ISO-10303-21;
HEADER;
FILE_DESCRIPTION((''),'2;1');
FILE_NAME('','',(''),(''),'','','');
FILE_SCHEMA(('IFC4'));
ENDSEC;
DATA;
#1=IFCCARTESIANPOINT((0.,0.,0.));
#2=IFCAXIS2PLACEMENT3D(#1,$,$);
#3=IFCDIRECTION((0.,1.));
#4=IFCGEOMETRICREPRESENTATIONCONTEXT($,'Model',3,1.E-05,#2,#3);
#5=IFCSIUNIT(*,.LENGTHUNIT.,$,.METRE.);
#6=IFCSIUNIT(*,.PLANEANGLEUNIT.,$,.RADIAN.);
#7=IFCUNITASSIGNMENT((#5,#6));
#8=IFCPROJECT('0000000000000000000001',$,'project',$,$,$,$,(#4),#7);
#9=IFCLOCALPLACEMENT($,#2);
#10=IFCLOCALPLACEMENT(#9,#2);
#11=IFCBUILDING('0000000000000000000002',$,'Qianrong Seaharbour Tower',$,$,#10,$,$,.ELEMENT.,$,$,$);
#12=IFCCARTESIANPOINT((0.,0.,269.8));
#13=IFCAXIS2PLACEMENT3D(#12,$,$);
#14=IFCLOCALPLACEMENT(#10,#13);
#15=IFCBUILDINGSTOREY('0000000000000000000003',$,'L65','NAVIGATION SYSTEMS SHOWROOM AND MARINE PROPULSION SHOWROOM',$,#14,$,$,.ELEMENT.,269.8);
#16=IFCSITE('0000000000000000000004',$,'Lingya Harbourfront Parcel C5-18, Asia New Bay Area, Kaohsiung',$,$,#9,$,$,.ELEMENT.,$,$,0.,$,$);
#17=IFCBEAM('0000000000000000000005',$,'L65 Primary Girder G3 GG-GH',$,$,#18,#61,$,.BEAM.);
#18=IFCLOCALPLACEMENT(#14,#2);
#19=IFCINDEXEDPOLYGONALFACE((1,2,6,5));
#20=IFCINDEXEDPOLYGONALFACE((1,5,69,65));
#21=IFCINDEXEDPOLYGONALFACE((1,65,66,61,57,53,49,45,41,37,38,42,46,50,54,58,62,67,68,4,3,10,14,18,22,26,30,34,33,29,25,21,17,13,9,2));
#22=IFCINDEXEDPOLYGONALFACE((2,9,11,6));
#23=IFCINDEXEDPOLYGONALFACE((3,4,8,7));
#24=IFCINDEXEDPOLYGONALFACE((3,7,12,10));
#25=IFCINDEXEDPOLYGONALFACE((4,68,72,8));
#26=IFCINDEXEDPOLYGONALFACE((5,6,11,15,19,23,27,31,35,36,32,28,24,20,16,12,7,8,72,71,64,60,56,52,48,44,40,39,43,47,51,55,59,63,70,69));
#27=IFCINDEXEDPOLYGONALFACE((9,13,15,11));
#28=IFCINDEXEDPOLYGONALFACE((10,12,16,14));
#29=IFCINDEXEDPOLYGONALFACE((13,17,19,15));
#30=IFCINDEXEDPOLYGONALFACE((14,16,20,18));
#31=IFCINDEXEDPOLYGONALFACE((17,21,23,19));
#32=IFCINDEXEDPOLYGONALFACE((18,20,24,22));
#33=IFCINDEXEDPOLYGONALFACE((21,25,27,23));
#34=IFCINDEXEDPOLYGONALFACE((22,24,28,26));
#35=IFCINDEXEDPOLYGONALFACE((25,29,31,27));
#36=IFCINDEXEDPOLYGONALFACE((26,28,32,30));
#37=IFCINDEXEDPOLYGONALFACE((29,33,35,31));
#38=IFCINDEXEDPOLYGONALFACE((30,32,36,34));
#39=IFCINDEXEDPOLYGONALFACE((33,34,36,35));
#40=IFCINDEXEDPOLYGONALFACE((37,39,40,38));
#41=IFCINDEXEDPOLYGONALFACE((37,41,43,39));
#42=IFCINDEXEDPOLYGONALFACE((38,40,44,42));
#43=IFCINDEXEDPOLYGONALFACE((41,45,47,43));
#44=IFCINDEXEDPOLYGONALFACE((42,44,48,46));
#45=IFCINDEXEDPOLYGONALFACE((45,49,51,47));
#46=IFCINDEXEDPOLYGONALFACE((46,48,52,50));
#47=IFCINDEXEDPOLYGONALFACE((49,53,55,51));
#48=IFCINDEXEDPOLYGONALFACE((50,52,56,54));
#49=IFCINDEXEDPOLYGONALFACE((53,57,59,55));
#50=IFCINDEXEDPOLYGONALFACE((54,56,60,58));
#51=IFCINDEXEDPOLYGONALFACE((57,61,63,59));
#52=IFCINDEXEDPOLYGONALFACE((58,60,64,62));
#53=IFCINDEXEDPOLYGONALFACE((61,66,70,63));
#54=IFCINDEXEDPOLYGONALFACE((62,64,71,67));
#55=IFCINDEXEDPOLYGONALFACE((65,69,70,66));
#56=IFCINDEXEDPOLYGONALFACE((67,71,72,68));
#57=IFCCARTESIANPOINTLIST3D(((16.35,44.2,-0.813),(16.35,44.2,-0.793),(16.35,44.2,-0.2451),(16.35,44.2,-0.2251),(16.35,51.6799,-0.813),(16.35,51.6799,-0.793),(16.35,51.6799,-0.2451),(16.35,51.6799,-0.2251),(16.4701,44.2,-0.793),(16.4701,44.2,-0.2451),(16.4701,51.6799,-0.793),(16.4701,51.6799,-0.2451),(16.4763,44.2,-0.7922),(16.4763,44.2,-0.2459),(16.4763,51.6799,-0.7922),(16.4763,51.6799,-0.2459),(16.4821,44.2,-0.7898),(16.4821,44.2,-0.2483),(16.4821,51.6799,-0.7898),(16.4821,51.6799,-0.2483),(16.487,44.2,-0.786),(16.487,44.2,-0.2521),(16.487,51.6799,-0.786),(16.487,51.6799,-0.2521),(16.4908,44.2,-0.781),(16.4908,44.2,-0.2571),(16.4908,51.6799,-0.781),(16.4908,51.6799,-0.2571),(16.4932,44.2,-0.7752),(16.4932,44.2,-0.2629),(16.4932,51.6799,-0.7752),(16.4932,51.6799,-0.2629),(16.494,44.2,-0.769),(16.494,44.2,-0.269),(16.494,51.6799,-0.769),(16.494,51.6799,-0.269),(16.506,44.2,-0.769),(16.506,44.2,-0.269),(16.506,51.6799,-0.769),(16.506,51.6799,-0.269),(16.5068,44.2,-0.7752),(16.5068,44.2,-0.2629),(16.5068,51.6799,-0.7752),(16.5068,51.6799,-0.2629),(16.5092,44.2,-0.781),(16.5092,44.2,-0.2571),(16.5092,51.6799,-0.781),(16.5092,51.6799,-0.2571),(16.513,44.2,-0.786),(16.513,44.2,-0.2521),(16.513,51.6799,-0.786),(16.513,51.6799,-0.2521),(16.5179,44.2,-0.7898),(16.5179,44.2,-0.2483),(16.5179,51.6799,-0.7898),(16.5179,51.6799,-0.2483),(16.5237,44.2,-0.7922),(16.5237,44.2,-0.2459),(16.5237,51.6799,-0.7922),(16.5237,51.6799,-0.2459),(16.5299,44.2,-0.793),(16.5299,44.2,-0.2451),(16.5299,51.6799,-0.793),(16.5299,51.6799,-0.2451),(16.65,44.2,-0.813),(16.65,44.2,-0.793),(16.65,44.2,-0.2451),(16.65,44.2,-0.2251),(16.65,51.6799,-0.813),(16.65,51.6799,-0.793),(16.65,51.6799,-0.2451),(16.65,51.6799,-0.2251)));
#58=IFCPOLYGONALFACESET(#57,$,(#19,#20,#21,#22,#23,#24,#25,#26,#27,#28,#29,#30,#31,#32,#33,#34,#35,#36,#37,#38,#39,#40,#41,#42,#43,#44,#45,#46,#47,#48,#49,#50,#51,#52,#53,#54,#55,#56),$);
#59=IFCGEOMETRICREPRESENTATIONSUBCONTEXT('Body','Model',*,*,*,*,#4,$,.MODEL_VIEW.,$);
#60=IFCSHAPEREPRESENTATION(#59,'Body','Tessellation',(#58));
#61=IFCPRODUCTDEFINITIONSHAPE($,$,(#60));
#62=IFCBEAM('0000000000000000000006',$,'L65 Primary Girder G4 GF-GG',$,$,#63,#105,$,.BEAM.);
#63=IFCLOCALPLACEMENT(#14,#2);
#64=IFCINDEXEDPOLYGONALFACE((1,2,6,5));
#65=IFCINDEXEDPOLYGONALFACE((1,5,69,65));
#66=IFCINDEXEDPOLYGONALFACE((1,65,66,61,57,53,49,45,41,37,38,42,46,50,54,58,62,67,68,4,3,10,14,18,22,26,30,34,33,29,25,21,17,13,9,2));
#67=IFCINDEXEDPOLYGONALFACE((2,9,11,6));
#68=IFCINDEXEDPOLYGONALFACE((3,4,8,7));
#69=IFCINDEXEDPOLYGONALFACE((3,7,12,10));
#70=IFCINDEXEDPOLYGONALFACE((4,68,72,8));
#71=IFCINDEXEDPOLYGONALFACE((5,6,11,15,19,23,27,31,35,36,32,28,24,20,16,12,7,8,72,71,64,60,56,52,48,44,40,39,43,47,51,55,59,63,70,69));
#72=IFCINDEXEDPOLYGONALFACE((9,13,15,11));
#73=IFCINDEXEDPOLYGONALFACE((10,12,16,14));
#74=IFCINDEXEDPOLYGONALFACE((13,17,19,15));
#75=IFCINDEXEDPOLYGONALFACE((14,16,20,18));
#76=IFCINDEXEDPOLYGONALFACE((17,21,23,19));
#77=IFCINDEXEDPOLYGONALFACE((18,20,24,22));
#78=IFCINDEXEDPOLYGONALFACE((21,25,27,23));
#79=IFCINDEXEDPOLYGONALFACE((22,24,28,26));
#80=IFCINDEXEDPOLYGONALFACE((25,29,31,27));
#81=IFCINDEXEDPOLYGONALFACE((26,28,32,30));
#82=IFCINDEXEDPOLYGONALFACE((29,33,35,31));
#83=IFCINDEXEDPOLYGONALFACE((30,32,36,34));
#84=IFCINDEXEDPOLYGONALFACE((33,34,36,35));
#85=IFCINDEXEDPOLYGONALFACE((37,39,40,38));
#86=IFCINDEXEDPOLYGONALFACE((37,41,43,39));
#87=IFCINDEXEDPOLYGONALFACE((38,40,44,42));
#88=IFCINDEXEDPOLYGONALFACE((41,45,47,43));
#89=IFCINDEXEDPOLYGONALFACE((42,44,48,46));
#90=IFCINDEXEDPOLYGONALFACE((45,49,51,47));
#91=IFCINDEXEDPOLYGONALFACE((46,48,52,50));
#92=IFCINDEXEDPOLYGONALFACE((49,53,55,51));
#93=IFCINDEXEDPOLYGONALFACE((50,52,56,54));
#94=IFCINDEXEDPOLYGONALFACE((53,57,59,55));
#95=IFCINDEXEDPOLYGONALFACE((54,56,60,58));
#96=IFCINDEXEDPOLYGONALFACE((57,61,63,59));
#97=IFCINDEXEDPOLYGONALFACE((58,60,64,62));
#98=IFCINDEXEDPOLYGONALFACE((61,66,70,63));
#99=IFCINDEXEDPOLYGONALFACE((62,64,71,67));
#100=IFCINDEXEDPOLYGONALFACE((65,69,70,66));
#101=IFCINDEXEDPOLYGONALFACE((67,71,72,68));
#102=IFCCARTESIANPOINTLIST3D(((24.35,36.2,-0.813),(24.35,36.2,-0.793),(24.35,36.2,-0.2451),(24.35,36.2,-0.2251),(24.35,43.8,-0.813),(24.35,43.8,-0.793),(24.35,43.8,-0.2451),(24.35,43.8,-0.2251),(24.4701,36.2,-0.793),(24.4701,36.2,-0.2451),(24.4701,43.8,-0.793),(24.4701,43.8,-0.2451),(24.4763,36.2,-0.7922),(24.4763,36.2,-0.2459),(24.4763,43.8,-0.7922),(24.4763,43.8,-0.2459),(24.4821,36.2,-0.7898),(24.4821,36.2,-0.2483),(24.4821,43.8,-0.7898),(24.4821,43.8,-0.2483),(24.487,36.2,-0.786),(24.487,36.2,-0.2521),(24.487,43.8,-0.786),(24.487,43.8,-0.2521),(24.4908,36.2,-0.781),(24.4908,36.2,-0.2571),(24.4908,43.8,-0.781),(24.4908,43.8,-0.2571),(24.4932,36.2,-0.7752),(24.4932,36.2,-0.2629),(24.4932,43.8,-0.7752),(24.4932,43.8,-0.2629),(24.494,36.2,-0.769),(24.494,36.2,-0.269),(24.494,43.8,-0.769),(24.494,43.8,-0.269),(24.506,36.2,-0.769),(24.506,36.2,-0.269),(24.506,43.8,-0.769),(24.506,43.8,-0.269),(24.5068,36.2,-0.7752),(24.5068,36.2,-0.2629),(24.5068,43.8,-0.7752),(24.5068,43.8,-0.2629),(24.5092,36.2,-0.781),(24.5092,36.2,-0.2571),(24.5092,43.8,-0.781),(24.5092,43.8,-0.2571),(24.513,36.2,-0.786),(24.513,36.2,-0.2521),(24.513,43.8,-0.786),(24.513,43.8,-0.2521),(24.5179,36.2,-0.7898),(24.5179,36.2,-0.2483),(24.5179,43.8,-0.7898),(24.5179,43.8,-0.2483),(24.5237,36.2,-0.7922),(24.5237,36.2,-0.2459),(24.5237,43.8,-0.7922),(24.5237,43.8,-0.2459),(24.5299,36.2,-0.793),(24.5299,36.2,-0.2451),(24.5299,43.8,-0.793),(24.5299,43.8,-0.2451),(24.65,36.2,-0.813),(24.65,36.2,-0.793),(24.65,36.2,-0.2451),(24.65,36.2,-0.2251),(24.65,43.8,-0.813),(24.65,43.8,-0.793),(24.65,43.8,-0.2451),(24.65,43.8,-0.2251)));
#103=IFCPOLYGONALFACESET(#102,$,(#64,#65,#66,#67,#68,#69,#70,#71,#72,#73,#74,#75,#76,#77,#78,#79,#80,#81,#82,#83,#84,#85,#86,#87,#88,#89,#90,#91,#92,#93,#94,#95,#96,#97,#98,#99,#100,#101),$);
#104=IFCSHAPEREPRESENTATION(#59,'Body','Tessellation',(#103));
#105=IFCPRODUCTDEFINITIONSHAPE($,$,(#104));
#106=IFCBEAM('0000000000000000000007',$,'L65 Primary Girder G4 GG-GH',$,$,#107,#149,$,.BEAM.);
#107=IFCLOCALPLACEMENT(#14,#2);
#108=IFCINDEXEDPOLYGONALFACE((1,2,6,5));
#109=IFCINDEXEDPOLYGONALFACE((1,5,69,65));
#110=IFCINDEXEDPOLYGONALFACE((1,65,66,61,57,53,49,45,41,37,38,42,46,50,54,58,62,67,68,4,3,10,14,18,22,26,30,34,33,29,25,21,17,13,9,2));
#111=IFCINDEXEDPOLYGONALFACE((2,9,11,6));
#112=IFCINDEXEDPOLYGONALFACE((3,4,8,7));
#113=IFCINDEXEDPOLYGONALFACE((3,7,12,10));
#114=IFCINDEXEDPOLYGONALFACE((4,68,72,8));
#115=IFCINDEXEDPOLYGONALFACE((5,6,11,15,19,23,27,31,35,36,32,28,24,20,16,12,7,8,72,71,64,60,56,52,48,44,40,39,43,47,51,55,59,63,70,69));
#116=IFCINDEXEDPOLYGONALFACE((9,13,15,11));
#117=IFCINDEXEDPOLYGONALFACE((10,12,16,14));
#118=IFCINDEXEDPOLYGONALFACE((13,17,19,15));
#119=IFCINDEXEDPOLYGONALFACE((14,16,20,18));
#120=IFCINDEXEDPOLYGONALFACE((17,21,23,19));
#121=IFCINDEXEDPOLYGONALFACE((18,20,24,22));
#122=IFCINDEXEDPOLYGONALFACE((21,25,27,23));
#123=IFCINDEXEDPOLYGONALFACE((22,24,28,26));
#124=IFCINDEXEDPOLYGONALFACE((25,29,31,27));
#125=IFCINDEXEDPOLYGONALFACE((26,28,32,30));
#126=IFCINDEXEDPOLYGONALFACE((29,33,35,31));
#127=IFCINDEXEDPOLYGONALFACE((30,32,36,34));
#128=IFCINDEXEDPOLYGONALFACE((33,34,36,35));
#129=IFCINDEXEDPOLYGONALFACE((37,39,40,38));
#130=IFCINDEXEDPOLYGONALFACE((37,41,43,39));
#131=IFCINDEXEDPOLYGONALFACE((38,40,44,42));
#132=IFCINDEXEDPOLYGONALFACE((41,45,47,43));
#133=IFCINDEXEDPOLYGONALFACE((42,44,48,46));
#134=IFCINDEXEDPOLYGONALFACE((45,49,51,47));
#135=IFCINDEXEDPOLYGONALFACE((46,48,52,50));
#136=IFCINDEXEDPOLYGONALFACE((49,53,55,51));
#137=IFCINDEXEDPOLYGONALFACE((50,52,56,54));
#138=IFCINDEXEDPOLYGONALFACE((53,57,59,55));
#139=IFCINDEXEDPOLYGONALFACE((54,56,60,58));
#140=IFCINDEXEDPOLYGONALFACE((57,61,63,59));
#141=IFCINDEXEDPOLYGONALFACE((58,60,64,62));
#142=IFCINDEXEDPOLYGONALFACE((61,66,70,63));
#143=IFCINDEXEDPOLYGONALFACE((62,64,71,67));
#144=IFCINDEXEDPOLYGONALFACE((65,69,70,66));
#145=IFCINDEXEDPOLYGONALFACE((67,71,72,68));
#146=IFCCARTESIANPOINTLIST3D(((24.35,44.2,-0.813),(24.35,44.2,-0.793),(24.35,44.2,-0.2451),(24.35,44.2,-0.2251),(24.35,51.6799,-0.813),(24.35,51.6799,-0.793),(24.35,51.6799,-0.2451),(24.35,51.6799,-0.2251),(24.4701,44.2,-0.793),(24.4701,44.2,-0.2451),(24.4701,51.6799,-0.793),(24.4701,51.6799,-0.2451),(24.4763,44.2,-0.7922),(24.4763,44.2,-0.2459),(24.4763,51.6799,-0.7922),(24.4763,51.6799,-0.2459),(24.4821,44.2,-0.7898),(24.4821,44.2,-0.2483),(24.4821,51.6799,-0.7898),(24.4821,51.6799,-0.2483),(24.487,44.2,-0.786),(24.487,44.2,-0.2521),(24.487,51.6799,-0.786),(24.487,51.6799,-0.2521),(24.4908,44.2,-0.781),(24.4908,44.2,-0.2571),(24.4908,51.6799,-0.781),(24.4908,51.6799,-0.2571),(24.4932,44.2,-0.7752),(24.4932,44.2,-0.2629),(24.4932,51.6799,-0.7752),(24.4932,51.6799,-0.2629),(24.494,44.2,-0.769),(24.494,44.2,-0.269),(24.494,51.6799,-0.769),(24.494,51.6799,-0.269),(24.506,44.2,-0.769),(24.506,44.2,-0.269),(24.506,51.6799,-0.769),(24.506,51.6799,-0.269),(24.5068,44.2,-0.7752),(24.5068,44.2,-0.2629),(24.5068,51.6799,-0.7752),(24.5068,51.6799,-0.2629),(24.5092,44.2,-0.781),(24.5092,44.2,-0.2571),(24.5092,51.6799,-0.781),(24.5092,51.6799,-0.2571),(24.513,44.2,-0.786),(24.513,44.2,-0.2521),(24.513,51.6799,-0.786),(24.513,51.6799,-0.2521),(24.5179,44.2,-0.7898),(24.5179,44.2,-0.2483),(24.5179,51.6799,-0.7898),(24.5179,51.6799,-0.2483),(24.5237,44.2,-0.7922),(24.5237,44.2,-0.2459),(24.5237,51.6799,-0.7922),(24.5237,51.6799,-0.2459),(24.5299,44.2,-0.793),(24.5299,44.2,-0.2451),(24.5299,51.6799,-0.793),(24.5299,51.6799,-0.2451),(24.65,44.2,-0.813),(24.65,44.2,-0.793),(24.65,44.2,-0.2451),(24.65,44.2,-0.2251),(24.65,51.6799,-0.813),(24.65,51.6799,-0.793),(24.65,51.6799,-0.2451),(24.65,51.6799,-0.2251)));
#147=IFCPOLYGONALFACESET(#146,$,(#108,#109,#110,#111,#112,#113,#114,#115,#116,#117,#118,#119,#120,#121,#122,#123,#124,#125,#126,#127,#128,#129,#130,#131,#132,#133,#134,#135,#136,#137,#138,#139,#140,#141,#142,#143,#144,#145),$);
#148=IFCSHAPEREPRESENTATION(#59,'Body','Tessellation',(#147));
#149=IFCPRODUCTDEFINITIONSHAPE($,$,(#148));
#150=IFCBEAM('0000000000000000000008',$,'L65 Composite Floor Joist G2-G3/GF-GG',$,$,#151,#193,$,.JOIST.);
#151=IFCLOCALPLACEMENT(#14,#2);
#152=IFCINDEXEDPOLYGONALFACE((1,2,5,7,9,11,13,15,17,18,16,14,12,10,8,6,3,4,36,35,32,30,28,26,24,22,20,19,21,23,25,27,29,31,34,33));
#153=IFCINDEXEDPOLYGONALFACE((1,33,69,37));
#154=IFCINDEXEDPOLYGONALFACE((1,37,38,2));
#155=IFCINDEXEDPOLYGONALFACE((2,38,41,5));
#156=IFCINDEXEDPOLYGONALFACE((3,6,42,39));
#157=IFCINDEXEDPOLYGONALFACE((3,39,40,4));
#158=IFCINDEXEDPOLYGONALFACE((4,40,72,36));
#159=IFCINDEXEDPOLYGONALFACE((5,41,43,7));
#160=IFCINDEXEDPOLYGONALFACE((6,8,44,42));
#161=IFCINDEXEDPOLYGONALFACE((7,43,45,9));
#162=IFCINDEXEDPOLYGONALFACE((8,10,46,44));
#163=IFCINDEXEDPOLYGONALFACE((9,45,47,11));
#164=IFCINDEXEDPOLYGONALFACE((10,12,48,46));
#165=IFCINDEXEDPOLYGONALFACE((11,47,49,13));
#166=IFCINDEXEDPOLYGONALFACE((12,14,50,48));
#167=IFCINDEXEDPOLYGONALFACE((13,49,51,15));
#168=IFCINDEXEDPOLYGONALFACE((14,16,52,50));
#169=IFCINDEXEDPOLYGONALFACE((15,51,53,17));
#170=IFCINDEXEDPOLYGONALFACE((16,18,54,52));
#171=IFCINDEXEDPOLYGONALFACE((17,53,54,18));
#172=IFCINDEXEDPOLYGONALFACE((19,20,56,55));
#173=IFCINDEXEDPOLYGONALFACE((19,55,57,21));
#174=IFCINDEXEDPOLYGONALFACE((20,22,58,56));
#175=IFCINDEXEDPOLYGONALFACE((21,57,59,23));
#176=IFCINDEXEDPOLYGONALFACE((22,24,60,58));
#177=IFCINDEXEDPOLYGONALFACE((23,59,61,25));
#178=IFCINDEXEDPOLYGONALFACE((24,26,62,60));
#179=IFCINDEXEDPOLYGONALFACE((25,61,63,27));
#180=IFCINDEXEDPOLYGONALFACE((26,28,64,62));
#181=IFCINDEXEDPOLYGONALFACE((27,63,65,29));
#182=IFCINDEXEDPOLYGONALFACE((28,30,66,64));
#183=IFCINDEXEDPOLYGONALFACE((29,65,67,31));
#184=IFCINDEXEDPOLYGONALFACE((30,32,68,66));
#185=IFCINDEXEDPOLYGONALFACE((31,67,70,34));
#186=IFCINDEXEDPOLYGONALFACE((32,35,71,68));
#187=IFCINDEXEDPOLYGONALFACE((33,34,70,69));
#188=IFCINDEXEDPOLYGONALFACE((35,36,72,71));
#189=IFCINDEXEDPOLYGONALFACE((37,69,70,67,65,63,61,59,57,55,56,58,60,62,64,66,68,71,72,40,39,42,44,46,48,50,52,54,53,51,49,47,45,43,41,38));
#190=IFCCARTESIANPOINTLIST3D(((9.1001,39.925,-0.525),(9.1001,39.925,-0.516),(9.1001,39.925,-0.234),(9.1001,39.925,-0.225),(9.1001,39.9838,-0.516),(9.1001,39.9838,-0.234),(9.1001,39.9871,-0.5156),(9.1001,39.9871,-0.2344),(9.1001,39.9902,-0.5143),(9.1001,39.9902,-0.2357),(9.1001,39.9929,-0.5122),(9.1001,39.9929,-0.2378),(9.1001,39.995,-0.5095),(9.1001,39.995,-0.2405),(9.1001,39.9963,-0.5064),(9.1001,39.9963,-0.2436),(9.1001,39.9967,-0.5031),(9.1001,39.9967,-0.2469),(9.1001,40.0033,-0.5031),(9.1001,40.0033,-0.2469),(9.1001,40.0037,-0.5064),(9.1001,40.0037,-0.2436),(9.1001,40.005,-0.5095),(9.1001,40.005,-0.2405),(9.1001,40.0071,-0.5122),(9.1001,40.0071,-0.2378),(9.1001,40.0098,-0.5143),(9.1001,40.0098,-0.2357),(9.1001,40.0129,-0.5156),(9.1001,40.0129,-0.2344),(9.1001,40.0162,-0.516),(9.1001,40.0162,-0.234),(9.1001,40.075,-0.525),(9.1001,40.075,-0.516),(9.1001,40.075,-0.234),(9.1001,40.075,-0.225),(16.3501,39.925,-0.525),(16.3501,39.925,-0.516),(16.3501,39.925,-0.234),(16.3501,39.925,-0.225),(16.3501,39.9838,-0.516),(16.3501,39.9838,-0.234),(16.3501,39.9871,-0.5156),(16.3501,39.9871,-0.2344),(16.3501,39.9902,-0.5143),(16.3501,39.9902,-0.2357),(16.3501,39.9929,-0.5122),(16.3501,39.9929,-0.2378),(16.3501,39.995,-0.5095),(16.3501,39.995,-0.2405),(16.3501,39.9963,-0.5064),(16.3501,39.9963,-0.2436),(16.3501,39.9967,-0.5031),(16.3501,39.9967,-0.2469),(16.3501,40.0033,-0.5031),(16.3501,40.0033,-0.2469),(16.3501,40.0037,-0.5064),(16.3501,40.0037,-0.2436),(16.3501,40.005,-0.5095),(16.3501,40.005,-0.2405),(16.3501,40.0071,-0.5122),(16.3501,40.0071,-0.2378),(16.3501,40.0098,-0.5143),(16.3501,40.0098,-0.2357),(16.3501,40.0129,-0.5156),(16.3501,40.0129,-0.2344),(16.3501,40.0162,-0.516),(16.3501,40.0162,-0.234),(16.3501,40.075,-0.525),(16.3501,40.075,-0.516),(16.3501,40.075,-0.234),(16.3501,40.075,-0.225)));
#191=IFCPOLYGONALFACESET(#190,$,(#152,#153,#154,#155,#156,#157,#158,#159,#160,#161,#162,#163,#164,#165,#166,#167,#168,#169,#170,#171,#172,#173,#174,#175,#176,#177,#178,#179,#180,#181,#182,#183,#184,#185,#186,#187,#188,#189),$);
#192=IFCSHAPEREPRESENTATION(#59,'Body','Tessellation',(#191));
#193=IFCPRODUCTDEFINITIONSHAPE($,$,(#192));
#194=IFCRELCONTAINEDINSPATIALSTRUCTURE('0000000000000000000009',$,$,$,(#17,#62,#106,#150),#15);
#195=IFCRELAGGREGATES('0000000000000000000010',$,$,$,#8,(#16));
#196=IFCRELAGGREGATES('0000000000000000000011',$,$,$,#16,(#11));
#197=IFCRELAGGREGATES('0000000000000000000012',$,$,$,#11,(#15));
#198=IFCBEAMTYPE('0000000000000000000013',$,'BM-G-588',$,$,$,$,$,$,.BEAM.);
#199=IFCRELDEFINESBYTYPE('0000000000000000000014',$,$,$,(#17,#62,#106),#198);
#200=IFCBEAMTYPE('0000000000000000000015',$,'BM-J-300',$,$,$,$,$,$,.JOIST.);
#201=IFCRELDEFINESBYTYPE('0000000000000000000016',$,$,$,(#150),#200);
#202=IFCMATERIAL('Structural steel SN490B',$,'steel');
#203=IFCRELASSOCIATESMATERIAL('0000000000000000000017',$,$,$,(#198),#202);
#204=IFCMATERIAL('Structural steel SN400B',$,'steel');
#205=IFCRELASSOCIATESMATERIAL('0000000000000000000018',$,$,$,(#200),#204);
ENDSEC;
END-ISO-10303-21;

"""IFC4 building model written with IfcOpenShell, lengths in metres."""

from ifc_helpers import new_model, si_unit, direction, frame, origin, origin_2d, place, context, subcontext, project, spatial, i_section, extrude, material, material_profile, profile_set, type_object, element, save


model = new_model("IFC4")

# Units and contexts
model_context = context("Model", 3, precision=1e-05, world=origin(), true_north=direction((0.0, 1.0)))
body_context = subcontext(model_context, "Body", "Model", "MODEL_VIEW")
ifc_project = project(units=[si_unit("LENGTHUNIT", "METRE"), si_unit("PLANEANGLEUNIT", "RADIAN")], contexts=[model_context])

# Site, building, storey
site_placement = place(None, origin())
site = spatial("IfcSite", under=ifc_project, at=site_placement, Name="Lingya Harbourfront Parcel C5-18, Asia New Bay Area, Kaohsiung", CompositionType="ELEMENT", RefElevation=0.0)
building_placement = place(site_placement, origin())
building = spatial("IfcBuilding", under=site, at=building_placement, Name="Qianrong Seaharbour Tower", CompositionType="ELEMENT")
storey_placement = place(building_placement, frame((0.0, 0.0, 269.8)))
storey = spatial("IfcBuildingStorey", under=building, at=storey_placement, Name="L65", Description="NAVIGATION SYSTEMS SHOWROOM AND MARINE PROPULSION SHOWROOM", CompositionType="ELEMENT", Elevation=269.8)

# Shared definitions
ifc_material_1 = material(Name="Structural steel SN490B", Category="steel")

# Beams
ifc_material_profile_1 = material_profile(ifc_material_1, i_section(OverallWidth=0.3, OverallDepth=0.5879, WebThickness=0.012, FlangeThickness=0.02, FilletRadius=0.0239, at=origin_2d()), Name="H588x300x12x20")
ifc_profile_set_1 = profile_set([ifc_material_profile_1], Name="Structural steel SN490B")
beam_type_1 = type_object("IfcBeamType", Name="BM-G-588", PredefinedType="BEAM", material=ifc_profile_set_1)
beam_1_placement = place(storey_placement, frame((16.5, 44.2, -0.519), z_axis=(0.0, 1.0, 0.0), x_axis=(-1.0, 0.0, 0.0)))
element("IfcBeam", 1, at=beam_1_placement, inside=storey, type_object=beam_type_1, Name="L65 Primary Girder G3 GG-GH", PredefinedType="BEAM", context=body_context, shape_type="SweptSolid", body=[
    extrude(i_section(OverallWidth=0.3, OverallDepth=0.5879, WebThickness=0.012, FlangeThickness=0.02, FilletRadius=0.0239, at=origin_2d()), origin(), (0.0, 0.0, 1.0), 7.48),
])
beam_2_placement = place(storey_placement, frame((24.5, 36.2, -0.519), z_axis=(0.0, 1.0, 0.0), x_axis=(-1.0, 0.0, 0.0)))
element("IfcBeam", 2, at=beam_2_placement, inside=storey, type_object=beam_type_1, Name="L65 Primary Girder G4 GF-GG", PredefinedType="BEAM", context=body_context, shape_type="SweptSolid", body=[
    extrude(i_section(OverallWidth=0.3, OverallDepth=0.5879, WebThickness=0.012, FlangeThickness=0.02, FilletRadius=0.0239, at=origin_2d()), origin(), (0.0, 0.0, 1.0), 7.6001),
])
beam_3_placement = place(storey_placement, frame((24.5, 44.2, -0.519), z_axis=(0.0, 1.0, 0.0), x_axis=(-1.0, 0.0, 0.0)))
element("IfcBeam", 3, at=beam_3_placement, inside=storey, type_object=beam_type_1, Name="L65 Primary Girder G4 GG-GH", PredefinedType="BEAM", context=body_context, shape_type="SweptSolid", body=[
    extrude(i_section(OverallWidth=0.3, OverallDepth=0.5879, WebThickness=0.012, FlangeThickness=0.02, FilletRadius=0.0239, at=origin_2d()), origin(), (0.0, 0.0, 1.0), 7.48),
])
ifc_material_2 = material(Name="Structural steel SN400B", Category="steel")
ifc_material_profile_2 = material_profile(ifc_material_2, i_section(OverallWidth=0.1499, OverallDepth=0.3, WebThickness=0.0066, FlangeThickness=0.009, FilletRadius=0.0129, at=origin_2d()), Name="H300x150x6.5x9")
ifc_profile_set_2 = profile_set([ifc_material_profile_2], Name="Structural steel SN400B")
beam_type_2 = type_object("IfcBeamType", Name="BM-J-300", PredefinedType="JOIST", material=ifc_profile_set_2)
beam_4_placement = place(storey_placement, frame((9.1001, 40.0, -0.375), z_axis=(1.0, 0.0, 0.0), x_axis=(0.0, 1.0, 0.0)))
element("IfcBeam", 4, at=beam_4_placement, inside=storey, type_object=beam_type_2, Name="L65 Composite Floor Joist G2-G3/GF-GG", PredefinedType="JOIST", context=body_context, shape_type="SweptSolid", body=[
    extrude(i_section(OverallWidth=0.1499, OverallDepth=0.3, WebThickness=0.0066, FlangeThickness=0.009, FilletRadius=0.0129, at=origin_2d()), origin(), (0.0, 0.0, 1.0), 7.25),
])

save(model, "model.ifc")
